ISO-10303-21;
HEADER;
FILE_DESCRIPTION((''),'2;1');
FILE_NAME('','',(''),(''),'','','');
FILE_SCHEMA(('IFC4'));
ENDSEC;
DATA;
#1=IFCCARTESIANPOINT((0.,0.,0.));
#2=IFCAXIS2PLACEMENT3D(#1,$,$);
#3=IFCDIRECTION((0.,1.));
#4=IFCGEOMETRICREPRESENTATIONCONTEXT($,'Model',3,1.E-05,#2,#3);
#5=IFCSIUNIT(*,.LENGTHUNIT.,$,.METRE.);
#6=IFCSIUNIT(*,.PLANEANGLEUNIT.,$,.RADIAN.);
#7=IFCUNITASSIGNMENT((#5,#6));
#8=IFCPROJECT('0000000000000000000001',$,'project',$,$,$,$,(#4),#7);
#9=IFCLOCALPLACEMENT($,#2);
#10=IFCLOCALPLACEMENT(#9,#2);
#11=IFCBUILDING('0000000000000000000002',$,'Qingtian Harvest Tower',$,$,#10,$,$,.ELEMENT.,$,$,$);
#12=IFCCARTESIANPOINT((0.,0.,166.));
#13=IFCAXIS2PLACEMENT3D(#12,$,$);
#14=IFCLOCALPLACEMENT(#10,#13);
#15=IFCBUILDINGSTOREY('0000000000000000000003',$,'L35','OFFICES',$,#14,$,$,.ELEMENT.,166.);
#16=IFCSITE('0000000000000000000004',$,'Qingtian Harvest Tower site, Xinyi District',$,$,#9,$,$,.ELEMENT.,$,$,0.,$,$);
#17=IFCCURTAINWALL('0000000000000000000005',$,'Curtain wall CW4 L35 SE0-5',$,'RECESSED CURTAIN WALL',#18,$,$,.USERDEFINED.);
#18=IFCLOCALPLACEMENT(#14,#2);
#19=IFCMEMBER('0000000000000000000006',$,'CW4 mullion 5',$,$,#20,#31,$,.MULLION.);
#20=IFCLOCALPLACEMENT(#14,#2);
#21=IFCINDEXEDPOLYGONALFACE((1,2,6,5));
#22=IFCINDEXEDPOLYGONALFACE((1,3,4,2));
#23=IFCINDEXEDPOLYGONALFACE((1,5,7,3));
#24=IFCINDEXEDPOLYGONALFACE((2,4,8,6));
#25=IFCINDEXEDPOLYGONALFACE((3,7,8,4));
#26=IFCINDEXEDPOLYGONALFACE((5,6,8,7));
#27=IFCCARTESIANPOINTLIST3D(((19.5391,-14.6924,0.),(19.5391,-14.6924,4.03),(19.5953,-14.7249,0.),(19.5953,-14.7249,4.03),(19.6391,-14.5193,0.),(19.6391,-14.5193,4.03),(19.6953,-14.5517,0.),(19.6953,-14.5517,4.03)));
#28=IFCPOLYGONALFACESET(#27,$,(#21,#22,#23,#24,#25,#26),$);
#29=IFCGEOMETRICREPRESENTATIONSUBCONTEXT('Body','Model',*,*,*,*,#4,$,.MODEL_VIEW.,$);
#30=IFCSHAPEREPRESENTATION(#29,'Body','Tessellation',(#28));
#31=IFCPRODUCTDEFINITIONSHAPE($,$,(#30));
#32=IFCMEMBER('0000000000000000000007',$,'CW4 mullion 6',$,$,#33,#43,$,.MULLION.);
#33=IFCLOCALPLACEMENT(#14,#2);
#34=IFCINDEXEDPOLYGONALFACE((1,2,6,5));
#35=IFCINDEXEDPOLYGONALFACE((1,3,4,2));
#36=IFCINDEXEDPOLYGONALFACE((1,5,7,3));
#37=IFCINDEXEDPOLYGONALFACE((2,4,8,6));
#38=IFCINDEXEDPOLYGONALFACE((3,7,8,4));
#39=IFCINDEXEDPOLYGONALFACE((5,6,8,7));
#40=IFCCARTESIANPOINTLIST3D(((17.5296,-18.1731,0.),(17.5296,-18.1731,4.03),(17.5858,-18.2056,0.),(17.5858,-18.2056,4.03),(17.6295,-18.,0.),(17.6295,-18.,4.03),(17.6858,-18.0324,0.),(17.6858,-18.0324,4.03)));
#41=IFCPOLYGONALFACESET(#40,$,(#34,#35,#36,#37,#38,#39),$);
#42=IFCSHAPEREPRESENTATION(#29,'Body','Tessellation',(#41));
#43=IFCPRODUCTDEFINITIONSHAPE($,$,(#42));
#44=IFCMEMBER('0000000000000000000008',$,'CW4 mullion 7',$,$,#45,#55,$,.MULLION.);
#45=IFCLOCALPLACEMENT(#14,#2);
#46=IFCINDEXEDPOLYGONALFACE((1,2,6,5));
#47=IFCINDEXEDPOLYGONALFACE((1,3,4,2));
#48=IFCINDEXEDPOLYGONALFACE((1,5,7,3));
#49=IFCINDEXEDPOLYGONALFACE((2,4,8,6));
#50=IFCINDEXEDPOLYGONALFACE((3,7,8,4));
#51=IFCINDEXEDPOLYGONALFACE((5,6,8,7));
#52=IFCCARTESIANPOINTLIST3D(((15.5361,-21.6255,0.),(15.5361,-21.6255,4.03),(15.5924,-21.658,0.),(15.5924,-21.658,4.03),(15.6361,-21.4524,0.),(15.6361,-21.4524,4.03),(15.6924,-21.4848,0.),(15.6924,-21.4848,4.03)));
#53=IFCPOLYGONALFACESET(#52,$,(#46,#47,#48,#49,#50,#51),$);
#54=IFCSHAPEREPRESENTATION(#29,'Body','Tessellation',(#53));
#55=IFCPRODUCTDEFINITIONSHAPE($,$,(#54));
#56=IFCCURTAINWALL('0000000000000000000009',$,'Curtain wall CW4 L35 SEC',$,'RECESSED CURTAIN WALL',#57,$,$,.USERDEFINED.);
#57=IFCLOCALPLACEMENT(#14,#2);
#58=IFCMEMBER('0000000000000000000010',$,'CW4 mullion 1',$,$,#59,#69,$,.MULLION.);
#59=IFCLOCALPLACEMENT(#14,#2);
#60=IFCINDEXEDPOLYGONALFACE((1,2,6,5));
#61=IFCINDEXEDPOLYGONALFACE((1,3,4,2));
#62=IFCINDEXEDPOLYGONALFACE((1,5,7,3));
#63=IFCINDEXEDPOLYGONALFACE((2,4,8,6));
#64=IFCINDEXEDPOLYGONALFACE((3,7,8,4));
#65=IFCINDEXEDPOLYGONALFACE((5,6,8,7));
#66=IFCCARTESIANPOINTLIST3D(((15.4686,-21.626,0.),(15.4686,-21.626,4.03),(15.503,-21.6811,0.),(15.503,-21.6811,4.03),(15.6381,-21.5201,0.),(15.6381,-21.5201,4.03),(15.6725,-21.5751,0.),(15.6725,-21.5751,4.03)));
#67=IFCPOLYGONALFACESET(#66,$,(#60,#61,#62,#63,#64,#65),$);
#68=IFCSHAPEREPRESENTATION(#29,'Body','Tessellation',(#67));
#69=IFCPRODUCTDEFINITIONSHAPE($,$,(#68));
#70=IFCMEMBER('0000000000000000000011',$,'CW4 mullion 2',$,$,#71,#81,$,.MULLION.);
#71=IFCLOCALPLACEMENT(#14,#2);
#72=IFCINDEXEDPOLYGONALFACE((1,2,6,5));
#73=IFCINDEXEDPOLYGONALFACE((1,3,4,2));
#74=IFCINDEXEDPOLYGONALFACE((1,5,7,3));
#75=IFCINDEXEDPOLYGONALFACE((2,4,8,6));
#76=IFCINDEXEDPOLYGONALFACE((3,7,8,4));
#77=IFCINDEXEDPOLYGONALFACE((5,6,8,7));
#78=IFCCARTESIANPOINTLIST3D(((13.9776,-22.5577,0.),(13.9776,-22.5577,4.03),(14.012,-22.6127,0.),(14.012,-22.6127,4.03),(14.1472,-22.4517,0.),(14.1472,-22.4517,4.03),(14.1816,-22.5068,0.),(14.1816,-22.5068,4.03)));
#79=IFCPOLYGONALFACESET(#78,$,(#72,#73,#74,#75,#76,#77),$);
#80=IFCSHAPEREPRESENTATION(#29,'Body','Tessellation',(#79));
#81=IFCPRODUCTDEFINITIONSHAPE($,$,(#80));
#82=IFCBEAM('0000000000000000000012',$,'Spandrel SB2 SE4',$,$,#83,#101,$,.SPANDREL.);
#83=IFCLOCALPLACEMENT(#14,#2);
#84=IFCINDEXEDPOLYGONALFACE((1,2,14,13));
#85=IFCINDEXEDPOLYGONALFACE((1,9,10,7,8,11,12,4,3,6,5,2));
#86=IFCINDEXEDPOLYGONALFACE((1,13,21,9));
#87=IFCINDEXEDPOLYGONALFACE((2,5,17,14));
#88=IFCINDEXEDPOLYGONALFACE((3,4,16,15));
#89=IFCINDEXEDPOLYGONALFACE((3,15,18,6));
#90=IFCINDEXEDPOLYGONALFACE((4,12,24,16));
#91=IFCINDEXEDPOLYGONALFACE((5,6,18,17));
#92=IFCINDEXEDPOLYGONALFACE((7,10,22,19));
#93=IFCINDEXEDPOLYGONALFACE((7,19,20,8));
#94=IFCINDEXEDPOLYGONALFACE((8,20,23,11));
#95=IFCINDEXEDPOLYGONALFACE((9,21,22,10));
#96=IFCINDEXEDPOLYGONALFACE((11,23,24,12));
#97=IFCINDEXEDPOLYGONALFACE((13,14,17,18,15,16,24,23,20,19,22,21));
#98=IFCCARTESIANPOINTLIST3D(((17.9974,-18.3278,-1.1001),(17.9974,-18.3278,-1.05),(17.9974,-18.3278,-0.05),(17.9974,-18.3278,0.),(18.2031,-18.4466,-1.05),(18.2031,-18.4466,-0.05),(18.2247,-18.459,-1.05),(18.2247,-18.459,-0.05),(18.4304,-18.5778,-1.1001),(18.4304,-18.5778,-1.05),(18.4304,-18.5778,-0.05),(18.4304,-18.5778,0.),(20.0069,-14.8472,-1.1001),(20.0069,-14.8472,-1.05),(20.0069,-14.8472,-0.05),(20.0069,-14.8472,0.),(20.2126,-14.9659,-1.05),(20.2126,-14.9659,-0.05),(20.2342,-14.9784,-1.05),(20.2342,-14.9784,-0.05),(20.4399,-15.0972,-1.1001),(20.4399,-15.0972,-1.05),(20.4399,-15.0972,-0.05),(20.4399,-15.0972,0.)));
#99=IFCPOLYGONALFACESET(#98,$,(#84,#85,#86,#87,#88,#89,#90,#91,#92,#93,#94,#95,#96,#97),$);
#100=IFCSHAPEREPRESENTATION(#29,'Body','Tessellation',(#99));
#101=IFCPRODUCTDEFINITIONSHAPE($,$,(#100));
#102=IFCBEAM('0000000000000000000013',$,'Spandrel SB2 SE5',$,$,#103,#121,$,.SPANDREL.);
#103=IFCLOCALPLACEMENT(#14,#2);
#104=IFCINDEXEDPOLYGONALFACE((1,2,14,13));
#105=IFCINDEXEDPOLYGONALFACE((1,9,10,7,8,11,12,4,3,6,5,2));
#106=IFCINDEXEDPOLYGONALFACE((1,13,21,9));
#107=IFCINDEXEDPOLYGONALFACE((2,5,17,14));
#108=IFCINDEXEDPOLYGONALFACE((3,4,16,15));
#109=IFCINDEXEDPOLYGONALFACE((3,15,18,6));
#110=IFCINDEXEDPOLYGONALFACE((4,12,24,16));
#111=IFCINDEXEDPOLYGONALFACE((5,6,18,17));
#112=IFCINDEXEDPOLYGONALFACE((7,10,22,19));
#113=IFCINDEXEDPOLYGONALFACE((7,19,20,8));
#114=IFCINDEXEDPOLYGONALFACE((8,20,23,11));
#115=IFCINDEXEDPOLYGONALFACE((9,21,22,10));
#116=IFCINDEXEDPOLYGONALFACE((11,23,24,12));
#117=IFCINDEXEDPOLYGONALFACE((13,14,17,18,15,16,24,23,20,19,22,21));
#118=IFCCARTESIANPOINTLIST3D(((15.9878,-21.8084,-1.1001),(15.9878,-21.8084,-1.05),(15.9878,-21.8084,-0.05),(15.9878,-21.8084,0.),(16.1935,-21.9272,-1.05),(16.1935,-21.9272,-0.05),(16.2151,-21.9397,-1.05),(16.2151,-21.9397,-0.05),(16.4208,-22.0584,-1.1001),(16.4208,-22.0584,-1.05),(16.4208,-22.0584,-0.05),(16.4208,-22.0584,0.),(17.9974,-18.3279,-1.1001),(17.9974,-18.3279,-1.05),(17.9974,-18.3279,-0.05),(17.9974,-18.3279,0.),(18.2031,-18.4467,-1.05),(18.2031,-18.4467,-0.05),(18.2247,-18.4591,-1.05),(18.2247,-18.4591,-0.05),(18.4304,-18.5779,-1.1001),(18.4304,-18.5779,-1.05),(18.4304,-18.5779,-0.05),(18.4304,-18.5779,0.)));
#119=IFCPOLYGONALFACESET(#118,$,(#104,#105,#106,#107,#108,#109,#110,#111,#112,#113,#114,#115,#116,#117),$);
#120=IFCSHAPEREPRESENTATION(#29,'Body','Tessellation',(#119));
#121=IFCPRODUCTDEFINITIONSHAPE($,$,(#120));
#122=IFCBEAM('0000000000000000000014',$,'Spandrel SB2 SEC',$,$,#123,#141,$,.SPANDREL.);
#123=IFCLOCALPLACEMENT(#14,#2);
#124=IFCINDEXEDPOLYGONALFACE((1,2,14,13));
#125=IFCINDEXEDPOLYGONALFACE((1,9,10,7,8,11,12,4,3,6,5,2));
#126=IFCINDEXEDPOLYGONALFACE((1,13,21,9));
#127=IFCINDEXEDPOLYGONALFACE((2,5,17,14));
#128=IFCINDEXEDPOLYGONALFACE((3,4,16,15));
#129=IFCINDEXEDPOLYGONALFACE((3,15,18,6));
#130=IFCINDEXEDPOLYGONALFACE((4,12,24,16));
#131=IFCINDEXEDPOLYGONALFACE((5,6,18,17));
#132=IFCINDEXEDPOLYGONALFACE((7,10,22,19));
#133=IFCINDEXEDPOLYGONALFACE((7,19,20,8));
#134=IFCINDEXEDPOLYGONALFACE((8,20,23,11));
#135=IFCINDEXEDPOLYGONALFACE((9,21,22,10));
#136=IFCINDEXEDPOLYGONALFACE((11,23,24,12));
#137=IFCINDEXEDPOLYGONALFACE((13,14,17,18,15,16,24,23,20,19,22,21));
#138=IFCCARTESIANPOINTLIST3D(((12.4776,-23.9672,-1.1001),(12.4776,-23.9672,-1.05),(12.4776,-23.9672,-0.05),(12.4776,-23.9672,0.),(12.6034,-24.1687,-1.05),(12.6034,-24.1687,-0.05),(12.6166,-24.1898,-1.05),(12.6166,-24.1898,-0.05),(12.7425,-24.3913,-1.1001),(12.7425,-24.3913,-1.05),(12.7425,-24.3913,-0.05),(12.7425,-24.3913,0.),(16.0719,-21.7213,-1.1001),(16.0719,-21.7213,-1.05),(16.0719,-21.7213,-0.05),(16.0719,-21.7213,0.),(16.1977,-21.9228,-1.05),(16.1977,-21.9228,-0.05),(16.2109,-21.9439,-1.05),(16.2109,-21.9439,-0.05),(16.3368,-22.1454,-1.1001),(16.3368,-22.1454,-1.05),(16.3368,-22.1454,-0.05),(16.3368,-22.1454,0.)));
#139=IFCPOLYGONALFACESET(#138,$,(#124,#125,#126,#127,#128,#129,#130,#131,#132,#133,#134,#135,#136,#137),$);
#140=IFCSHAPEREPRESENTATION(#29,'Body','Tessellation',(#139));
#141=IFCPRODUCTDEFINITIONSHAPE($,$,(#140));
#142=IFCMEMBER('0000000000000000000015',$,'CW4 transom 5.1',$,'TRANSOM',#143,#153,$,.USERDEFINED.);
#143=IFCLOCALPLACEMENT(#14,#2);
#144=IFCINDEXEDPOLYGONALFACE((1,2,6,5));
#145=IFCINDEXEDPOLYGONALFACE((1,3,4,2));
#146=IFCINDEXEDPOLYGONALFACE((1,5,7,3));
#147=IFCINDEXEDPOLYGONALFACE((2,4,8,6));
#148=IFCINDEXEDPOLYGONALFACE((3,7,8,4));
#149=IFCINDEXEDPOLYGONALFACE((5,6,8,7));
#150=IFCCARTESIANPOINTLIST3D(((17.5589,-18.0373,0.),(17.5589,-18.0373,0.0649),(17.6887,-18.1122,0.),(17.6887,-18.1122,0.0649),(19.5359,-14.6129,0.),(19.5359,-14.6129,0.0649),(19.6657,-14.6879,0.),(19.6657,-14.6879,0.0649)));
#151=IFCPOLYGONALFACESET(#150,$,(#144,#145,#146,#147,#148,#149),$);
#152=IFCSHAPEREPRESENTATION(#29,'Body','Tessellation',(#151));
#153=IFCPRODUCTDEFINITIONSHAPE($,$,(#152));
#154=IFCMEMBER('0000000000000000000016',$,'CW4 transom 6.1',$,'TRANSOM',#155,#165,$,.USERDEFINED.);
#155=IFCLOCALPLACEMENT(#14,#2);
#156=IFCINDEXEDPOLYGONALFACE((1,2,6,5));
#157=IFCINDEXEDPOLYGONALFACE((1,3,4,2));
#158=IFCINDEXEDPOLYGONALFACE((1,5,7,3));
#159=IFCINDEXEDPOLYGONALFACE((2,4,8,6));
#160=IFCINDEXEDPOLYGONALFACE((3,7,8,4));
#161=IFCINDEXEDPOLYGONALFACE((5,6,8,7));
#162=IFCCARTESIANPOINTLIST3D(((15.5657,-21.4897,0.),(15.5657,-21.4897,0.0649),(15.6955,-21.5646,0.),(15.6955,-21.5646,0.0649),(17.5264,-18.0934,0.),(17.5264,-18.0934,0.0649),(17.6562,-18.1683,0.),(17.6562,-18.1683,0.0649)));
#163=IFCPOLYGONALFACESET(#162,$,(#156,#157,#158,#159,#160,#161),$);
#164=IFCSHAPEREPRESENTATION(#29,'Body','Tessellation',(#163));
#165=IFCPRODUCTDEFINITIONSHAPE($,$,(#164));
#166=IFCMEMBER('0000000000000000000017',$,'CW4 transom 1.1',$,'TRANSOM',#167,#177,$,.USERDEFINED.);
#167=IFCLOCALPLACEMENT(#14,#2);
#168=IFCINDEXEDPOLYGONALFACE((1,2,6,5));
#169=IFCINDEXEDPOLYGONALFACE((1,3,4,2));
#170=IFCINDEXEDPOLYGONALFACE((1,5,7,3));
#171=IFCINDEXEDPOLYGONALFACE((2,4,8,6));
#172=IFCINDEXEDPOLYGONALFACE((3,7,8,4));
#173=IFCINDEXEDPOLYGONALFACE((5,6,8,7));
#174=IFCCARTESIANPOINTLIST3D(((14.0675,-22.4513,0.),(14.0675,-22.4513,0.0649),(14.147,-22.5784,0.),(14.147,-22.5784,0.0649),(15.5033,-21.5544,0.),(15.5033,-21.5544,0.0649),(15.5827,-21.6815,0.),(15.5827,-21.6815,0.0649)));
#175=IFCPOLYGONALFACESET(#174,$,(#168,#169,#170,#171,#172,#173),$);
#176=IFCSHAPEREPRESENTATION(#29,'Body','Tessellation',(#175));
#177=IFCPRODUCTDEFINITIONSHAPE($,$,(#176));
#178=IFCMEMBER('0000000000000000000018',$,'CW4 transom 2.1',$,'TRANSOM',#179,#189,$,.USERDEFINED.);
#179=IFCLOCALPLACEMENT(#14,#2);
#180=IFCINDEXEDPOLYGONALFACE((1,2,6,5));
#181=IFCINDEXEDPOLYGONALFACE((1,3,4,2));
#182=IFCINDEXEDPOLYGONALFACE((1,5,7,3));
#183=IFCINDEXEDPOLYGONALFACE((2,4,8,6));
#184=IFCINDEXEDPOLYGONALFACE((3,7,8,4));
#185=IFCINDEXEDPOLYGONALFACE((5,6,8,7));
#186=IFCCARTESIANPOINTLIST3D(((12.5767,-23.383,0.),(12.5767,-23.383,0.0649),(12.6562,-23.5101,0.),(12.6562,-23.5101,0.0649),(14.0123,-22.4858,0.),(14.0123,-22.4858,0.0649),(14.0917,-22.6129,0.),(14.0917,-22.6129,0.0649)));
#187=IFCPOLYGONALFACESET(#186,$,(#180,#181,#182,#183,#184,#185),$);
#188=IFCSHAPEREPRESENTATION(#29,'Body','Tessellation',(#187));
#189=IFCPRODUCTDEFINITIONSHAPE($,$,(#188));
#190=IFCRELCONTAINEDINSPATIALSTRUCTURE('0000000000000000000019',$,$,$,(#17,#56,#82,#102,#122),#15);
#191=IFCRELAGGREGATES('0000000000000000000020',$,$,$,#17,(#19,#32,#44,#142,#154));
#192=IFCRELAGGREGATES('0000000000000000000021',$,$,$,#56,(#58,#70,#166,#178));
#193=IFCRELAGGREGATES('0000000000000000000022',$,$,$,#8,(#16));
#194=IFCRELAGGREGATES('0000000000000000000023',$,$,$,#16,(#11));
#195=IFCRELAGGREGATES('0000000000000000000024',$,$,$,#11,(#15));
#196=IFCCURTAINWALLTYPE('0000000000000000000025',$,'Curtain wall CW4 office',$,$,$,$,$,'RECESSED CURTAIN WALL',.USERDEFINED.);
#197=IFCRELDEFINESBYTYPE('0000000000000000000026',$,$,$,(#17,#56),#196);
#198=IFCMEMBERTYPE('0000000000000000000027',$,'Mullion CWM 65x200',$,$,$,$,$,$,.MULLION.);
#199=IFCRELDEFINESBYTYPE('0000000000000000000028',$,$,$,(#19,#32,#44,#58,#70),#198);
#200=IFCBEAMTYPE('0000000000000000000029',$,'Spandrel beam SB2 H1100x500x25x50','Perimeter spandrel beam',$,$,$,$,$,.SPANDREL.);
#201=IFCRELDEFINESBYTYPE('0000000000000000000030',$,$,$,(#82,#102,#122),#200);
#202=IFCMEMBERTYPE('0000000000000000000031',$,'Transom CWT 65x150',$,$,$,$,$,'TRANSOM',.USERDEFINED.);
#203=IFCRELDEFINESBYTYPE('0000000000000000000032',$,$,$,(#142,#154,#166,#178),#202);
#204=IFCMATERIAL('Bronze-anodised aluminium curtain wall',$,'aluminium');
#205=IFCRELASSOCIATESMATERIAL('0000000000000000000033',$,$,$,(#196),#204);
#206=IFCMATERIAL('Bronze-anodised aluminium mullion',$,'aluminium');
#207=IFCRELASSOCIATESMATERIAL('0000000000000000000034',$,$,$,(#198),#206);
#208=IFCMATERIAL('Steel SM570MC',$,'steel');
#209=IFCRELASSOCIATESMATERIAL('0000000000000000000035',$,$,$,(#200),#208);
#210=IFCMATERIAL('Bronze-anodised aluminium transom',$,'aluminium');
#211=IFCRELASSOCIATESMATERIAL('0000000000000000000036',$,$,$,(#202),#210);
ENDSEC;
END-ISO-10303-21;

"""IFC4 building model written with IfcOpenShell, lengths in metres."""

from ifc_helpers import new_model, si_unit, direction, frame, origin, origin_2d, place, context, subcontext, project, spatial, rectangle, i_section, extrude, material, material_profile, profile_set, type_object, element, aggregate, save


model = new_model("IFC4")

# Units and contexts
model_context = context("Model", 3, precision=1e-05, world=origin(), true_north=direction((0.0, 1.0)))
body_context = subcontext(model_context, "Body", "Model", "MODEL_VIEW")
ifc_project = project(units=[si_unit("LENGTHUNIT", "METRE"), si_unit("PLANEANGLEUNIT", "RADIAN")], contexts=[model_context])

# Site, building, storey
site_placement = place(None, origin())
site = spatial("IfcSite", under=ifc_project, at=site_placement, Name="Qingtian Harvest Tower site, Xinyi District", CompositionType="ELEMENT", RefElevation=0.0)
building_placement = place(site_placement, origin())
building = spatial("IfcBuilding", under=site, at=building_placement, Name="Qingtian Harvest Tower", CompositionType="ELEMENT")
storey_placement = place(building_placement, frame((0.0, 0.0, 166.0)))
storey = spatial("IfcBuildingStorey", under=building, at=storey_placement, Name="L35", Description="OFFICES", CompositionType="ELEMENT", Elevation=166.0)

# Curtain walls, members
ifc_material_1 = material(Name="Bronze-anodised aluminium curtain wall", Category="aluminium")
curtain_wall_type = type_object("IfcCurtainWallType", Name="Curtain wall CW4 office", ElementType="RECESSED CURTAIN WALL", PredefinedType="USERDEFINED", material=ifc_material_1)
curtain_wall_1_placement = place(storey_placement, origin())
curtain_wall_1 = element("IfcCurtainWall", 1, at=curtain_wall_1_placement, inside=storey, type_object=curtain_wall_type, Name="Curtain wall CW4 L35 SE0-5", ObjectType="RECESSED CURTAIN WALL", PredefinedType="USERDEFINED")
ifc_material_2 = material(Name="Bronze-anodised aluminium mullion", Category="aluminium")
ifc_material_profile_1 = material_profile(ifc_material_2, rectangle(XDim=0.0649, YDim=0.2, at=origin_2d()), Name="AL 65x200")
ifc_profile_set_1 = profile_set([ifc_material_profile_1], Name="Bronze-anodised aluminium mullion")
member_type_1 = type_object("IfcMemberType", Name="Mullion CWM 65x200", PredefinedType="MULLION", material=ifc_profile_set_1)
member_1_placement = place(storey_placement, frame((19.6172, -14.6221, 0.0), z_axis=(0.0, 0.0, 1.0), x_axis=(0.866025, -0.5, 0.0)))
member_1 = element("IfcMember", 2, at=member_1_placement, type_object=member_type_1, Name="CW4 mullion 5", PredefinedType="MULLION", context=body_context, shape_type="SweptSolid", body=[
    extrude(rectangle(XDim=0.0649, YDim=0.2, at=origin_2d()), origin(), (0.0, 0.0, 1.0), 4.03),
])
member_2_placement = place(storey_placement, frame((17.6077, -18.1028, 0.0), z_axis=(0.0, 0.0, 1.0), x_axis=(0.866025, -0.5, 0.0)))
member_2 = element("IfcMember", 3, at=member_2_placement, type_object=member_type_1, Name="CW4 mullion 6", PredefinedType="MULLION", context=body_context, shape_type="SweptSolid", body=[
    extrude(rectangle(XDim=0.0649, YDim=0.2, at=origin_2d()), origin(), (0.0, 0.0, 1.0), 4.03),
])
member_3_placement = place(storey_placement, frame((15.6143, -21.5552, 0.0), z_axis=(0.0, 0.0, 1.0), x_axis=(0.866025, -0.5, 0.0)))
member_3 = element("IfcMember", 4, at=member_3_placement, type_object=member_type_1, Name="CW4 mullion 7", PredefinedType="MULLION", context=body_context, shape_type="SweptSolid", body=[
    extrude(rectangle(XDim=0.0649, YDim=0.2, at=origin_2d()), origin(), (0.0, 0.0, 1.0), 4.03),
])
curtain_wall_2_placement = place(storey_placement, origin())
curtain_wall_2 = element("IfcCurtainWall", 5, at=curtain_wall_2_placement, inside=storey, type_object=curtain_wall_type, Name="Curtain wall CW4 L35 SEC", ObjectType="RECESSED CURTAIN WALL", PredefinedType="USERDEFINED")
member_4_placement = place(storey_placement, frame((15.5706, -21.6006, 0.0), z_axis=(0.0, 0.0, 1.0), x_axis=(0.529919, -0.848048, 0.0)))
member_4 = element("IfcMember", 6, at=member_4_placement, type_object=member_type_1, Name="CW4 mullion 1", PredefinedType="MULLION", context=body_context, shape_type="SweptSolid", body=[
    extrude(rectangle(XDim=0.0649, YDim=0.2, at=origin_2d()), origin(), (0.0, 0.0, 1.0), 4.03),
])
member_5_placement = place(storey_placement, frame((14.0796, -22.5322, 0.0), z_axis=(0.0, 0.0, 1.0), x_axis=(0.529919, -0.848048, 0.0)))
member_5 = element("IfcMember", 7, at=member_5_placement, type_object=member_type_1, Name="CW4 mullion 2", PredefinedType="MULLION", context=body_context, shape_type="SweptSolid", body=[
    extrude(rectangle(XDim=0.0649, YDim=0.2, at=origin_2d()), origin(), (0.0, 0.0, 1.0), 4.03),
])

# Beams
ifc_material_3 = material(Name="Steel SM570MC", Category="steel")
ifc_material_profile_2 = material_profile(ifc_material_3, i_section(OverallWidth=0.5, OverallDepth=1.1001, WebThickness=0.0249, FlangeThickness=0.05, at=origin_2d()), Name="H1100x500x25x50")
ifc_profile_set_2 = profile_set([ifc_material_profile_2], Name="Steel SM570MC")
beam_type_1 = type_object("IfcBeamType", Name="Spandrel beam SB2 H1100x500x25x50", Description="Perimeter spandrel beam", PredefinedType="SPANDREL", material=ifc_profile_set_2)
for number, where, z_axis, x_axis, name in (
    (8, (20.2234, -14.9722, -0.55), (-0.499987, -0.866033, 0.0), (0.866033, -0.499987, 0.0), "Spandrel SB2 SE4"),
    (9, (18.2139, -18.4529, -0.55), (-0.500013, -0.866018, 0.0), (0.866018, -0.500013, 0.0), "Spandrel SB2 SE5"),
):
    element("IfcBeam", number, at=place(storey_placement, frame(where, z_axis=z_axis, x_axis=x_axis)), inside=storey, type_object=beam_type_1, Name=name, PredefinedType="SPANDREL", context=body_context, shape_type="SweptSolid", body=[
        extrude(i_section(OverallWidth=0.5, OverallDepth=1.1001, WebThickness=0.0249, FlangeThickness=0.05, at=origin_2d()), origin(), (0.0, 0.0, 1.0), 4.019),
    ])
beam_1_placement = place(storey_placement, frame((16.2043, -21.9333, -0.55), z_axis=(-0.848057, -0.529906, 0.0), x_axis=(0.529906, -0.848057, 0.0)))
element("IfcBeam", 10, at=beam_1_placement, inside=storey, type_object=beam_type_1, Name="Spandrel SB2 SEC", PredefinedType="SPANDREL", context=body_context, shape_type="SweptSolid", body=[
    extrude(i_section(OverallWidth=0.5, OverallDepth=1.1001, WebThickness=0.0249, FlangeThickness=0.05, at=origin_2d()), origin(), (0.0, 0.0, 1.0), 4.2383),
])

# Members
ifc_material_4 = material(Name="Bronze-anodised aluminium transom", Category="aluminium")
ifc_material_profile_3 = material_profile(ifc_material_4, rectangle(XDim=0.1499, YDim=0.0649, at=origin_2d()), Name="AL 65x150")
ifc_profile_set_3 = profile_set([ifc_material_profile_3], Name="Bronze-anodised aluminium transom")
member_type_2 = type_object("IfcMemberType", Name="Transom CWT 65x150", ElementType="TRANSOM", PredefinedType="USERDEFINED", material=ifc_profile_set_3)
member_6_placement = place(storey_placement, frame((19.6008, -14.6504, 0.0325), z_axis=(-0.500004, -0.866023, 0.0), x_axis=(0.866023, -0.500004, 0.0)))
member_6 = element("IfcMember", 11, at=member_6_placement, type_object=member_type_2, Name="CW4 transom 5.1", ObjectType="TRANSOM", PredefinedType="USERDEFINED", context=body_context, shape_type="SweptSolid", body=[
    extrude(rectangle(XDim=0.1499, YDim=0.0649, at=origin_2d()), origin(), (0.0, 0.0, 1.0), 3.9541),
])
member_7_placement = place(storey_placement, frame((17.5913, -18.1309, 0.0325), z_axis=(-0.499976, -0.866039, 0.0), x_axis=(0.866039, -0.499976, 0.0)))
member_7 = element("IfcMember", 12, at=member_7_placement, type_object=member_type_2, Name="CW4 transom 6.1", ObjectType="TRANSOM", PredefinedType="USERDEFINED", context=body_context, shape_type="SweptSolid", body=[
    extrude(rectangle(XDim=0.1499, YDim=0.0649, at=origin_2d()), origin(), (0.0, 0.0, 1.0), 3.9216),
])
member_8_placement = place(storey_placement, frame((15.543, -21.6179, 0.0325), z_axis=(-0.848104, -0.52983, 0.0), x_axis=(0.52983, -0.848104, 0.0)))
member_8 = element("IfcMember", 13, at=member_8_placement, type_object=member_type_2, Name="CW4 transom 1.1", ObjectType="TRANSOM", PredefinedType="USERDEFINED", context=body_context, shape_type="SweptSolid", body=[
    extrude(rectangle(XDim=0.1499, YDim=0.0649, at=origin_2d()), origin(), (0.0, 0.0, 1.0), 1.6929),
])
member_9_placement = place(storey_placement, frame((14.052, -22.5493, 0.0325), z_axis=(-0.847998, -0.529999, 0.0), x_axis=(0.529999, -0.847998, 0.0)))
member_9 = element("IfcMember", 14, at=member_9_placement, type_object=member_type_2, Name="CW4 transom 2.1", ObjectType="TRANSOM", PredefinedType="USERDEFINED", context=body_context, shape_type="SweptSolid", body=[
    extrude(rectangle(XDim=0.1499, YDim=0.0649, at=origin_2d()), origin(), (0.0, 0.0, 1.0), 1.6929),
])

aggregate(curtain_wall_1, [member_1, member_2, member_3, member_6, member_7])
aggregate(curtain_wall_2, [member_4, member_5, member_8, member_9])

save(model, "model.ifc")
